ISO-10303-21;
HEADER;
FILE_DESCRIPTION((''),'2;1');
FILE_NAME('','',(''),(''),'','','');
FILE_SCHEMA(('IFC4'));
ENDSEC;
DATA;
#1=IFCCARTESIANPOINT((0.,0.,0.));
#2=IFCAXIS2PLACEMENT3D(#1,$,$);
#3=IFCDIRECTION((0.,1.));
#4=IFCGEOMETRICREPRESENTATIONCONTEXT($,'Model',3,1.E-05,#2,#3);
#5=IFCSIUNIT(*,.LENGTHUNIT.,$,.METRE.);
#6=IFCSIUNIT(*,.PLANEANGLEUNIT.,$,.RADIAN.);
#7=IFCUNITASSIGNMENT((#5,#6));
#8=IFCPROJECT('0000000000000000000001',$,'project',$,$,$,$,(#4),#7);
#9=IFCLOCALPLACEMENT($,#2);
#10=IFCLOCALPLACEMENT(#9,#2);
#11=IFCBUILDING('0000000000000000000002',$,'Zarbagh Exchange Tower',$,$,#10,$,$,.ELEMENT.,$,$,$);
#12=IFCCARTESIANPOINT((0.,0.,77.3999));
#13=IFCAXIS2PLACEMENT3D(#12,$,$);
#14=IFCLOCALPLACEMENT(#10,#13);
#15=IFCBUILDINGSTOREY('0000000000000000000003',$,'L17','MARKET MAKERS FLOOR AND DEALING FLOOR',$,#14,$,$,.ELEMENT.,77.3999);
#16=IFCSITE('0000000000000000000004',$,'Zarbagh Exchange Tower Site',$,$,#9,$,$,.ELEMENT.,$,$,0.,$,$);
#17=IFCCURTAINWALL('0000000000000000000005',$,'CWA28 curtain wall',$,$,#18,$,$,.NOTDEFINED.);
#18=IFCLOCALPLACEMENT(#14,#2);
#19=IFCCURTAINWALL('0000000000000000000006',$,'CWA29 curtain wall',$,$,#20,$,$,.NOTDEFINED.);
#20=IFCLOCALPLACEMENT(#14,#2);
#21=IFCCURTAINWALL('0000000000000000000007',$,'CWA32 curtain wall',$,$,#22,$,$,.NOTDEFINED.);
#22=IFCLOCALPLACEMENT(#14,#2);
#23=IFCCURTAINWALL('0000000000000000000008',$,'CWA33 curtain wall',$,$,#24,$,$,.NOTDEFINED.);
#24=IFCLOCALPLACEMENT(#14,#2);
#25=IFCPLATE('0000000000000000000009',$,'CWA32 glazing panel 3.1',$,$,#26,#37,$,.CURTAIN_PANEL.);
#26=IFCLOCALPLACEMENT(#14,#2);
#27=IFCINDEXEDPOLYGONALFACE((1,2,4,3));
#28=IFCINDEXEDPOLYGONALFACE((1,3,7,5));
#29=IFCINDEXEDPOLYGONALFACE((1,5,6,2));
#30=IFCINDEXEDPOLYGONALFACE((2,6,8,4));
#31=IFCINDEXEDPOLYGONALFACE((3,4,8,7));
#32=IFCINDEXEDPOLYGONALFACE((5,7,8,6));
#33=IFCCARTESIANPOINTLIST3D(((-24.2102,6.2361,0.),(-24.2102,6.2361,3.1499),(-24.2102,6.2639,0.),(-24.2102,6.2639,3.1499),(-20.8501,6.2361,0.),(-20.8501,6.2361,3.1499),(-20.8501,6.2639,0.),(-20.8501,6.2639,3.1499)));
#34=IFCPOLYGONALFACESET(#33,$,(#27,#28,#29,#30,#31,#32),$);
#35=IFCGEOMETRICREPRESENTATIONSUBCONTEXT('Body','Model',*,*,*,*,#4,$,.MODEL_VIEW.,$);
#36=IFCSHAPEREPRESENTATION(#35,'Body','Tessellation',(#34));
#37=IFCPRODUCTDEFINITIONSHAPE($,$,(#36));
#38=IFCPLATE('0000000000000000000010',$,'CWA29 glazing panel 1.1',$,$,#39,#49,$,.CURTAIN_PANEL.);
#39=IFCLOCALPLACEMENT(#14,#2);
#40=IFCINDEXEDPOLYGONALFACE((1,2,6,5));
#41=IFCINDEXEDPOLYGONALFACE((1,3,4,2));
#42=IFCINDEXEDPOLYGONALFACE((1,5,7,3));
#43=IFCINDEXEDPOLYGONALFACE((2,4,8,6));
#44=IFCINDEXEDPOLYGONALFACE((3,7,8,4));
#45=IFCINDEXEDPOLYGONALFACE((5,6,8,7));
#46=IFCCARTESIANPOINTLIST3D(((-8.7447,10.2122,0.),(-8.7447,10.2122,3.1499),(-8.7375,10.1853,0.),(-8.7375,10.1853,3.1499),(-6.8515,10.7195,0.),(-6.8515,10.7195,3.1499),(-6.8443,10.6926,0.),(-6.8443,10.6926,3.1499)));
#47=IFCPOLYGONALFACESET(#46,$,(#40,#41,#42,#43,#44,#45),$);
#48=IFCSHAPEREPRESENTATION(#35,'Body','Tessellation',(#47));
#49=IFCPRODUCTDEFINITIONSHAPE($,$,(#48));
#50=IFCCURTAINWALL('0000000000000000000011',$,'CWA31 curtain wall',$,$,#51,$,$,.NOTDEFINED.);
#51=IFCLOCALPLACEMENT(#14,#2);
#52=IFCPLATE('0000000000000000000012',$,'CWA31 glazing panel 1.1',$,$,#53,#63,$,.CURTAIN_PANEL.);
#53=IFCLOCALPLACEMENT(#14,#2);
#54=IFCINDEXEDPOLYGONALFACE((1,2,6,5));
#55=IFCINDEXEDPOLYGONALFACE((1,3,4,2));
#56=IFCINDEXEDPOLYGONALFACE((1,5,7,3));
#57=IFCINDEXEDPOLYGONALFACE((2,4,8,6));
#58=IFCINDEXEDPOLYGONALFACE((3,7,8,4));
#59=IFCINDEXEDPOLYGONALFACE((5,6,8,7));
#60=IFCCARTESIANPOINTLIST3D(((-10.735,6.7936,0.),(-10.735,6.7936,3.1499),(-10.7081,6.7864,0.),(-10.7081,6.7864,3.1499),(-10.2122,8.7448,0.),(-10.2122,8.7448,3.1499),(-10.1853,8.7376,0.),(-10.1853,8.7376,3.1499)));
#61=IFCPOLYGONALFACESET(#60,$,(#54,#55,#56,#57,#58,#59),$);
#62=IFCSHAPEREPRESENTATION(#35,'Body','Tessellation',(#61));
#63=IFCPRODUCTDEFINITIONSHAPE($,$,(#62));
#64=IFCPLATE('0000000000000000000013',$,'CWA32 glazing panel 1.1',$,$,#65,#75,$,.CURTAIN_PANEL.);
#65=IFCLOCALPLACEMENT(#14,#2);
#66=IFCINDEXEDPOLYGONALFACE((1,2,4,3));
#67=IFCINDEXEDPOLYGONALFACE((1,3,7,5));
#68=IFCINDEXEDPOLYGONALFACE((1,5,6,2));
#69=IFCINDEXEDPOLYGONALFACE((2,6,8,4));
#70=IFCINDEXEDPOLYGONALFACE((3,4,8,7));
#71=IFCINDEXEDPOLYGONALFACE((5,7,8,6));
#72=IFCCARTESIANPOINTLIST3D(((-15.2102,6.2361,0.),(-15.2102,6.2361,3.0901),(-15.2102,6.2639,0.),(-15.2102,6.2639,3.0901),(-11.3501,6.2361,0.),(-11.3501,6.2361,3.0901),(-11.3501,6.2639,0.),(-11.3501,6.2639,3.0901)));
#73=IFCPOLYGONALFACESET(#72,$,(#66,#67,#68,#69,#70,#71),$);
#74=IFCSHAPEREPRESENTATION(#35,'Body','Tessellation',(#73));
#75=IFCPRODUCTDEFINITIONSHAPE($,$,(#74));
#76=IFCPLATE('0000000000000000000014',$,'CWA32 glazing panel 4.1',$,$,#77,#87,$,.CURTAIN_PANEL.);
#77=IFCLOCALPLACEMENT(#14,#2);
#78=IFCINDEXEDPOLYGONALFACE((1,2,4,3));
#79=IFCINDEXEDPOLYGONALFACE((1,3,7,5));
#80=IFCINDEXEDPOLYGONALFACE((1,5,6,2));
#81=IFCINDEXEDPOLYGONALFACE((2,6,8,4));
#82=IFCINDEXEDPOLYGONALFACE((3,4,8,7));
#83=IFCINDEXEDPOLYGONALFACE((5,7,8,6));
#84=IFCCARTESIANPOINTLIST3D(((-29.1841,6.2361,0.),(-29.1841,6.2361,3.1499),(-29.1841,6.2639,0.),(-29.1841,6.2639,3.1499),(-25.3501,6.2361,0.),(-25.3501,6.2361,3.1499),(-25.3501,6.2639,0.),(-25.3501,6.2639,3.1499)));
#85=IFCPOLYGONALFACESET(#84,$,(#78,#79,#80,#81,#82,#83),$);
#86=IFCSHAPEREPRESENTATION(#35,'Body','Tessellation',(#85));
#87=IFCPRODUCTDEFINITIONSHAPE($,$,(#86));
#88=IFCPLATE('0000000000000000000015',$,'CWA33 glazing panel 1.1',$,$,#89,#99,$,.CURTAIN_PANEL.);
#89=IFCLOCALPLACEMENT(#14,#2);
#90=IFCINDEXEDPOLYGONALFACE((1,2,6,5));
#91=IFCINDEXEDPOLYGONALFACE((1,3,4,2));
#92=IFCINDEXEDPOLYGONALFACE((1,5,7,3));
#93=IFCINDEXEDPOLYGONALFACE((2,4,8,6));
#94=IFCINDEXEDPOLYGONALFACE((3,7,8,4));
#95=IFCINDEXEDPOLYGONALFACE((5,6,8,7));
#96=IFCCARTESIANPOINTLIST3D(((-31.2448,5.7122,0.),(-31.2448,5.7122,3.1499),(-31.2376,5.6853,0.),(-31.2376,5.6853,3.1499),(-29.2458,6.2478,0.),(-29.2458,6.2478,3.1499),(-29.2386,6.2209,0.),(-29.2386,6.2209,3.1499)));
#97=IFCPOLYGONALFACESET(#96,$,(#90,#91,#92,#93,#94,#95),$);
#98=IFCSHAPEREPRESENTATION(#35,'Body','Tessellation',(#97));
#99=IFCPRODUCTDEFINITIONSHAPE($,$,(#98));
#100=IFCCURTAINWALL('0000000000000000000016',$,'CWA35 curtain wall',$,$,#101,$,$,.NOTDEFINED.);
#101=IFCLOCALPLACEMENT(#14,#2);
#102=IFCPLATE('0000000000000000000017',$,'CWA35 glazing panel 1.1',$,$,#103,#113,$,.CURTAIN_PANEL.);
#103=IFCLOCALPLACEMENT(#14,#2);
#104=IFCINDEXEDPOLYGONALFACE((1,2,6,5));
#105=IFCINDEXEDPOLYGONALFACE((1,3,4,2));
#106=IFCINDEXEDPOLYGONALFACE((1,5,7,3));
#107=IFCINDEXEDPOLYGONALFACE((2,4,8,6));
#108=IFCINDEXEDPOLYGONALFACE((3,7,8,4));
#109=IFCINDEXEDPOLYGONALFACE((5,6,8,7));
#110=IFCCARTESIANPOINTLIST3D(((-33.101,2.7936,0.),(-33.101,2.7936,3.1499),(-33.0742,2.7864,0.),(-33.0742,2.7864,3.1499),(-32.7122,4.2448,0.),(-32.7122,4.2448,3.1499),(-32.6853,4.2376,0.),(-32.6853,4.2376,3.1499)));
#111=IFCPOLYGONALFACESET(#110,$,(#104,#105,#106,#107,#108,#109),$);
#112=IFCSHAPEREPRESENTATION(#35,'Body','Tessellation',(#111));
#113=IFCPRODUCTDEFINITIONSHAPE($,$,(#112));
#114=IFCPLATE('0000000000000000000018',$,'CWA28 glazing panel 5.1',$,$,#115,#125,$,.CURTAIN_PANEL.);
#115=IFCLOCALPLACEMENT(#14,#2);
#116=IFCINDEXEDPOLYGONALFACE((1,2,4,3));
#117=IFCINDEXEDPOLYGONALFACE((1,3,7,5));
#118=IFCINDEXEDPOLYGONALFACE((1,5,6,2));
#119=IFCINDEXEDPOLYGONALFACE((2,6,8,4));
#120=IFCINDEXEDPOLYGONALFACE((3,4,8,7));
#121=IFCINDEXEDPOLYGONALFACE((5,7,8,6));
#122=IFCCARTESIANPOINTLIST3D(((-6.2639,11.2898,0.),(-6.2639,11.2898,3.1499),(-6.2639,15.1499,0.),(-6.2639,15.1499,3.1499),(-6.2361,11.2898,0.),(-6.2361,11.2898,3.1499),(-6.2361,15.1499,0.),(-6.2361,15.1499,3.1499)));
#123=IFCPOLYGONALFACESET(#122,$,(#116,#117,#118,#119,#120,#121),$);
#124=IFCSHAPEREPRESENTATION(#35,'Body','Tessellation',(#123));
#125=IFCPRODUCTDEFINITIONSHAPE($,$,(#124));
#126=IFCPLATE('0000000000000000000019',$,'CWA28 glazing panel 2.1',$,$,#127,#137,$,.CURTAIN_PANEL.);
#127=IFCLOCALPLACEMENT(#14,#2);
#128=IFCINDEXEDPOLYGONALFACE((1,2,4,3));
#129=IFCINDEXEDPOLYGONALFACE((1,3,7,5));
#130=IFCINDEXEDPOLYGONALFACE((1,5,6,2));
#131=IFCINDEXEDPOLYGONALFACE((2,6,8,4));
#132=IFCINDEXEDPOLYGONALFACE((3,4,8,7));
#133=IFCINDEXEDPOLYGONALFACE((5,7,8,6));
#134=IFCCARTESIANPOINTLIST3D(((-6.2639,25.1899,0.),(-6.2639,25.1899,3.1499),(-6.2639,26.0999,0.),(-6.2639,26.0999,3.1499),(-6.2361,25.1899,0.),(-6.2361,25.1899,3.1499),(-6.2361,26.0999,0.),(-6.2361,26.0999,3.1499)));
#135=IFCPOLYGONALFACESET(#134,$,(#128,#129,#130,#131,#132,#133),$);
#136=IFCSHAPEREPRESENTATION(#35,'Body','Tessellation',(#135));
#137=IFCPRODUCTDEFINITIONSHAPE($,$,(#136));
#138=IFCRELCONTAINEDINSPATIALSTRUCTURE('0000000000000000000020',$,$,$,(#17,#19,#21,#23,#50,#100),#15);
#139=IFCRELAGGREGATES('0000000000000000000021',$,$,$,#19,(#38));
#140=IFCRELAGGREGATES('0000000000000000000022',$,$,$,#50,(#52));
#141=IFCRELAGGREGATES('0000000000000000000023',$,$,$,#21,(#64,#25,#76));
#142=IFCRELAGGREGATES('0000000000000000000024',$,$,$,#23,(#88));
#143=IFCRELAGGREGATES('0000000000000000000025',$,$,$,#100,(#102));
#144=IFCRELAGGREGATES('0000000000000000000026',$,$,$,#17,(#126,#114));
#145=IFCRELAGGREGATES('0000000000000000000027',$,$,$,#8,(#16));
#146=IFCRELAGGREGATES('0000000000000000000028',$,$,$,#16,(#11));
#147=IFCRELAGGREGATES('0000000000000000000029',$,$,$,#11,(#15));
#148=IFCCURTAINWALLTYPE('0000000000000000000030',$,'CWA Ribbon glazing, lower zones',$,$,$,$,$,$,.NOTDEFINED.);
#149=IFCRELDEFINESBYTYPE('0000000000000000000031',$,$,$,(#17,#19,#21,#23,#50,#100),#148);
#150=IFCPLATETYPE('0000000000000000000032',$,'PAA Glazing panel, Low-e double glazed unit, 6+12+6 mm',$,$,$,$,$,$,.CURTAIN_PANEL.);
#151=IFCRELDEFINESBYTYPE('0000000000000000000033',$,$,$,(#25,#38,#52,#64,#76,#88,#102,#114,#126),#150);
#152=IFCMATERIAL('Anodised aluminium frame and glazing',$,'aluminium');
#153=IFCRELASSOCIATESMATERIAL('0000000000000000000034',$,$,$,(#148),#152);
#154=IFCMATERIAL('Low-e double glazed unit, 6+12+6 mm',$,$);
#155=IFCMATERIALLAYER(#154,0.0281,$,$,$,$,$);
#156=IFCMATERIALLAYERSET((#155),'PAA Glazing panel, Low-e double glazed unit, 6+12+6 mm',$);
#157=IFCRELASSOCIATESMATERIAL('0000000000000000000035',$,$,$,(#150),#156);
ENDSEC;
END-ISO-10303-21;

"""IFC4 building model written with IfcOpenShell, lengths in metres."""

from ifc_helpers import new_model, si_unit, direction, frame, origin, place, context, subcontext, project, spatial, polyline, outline, extrude, source, transform, mapped, material, layer, layer_set, type_object, element, aggregate, save


model = new_model("IFC4")

# Units and contexts
model_context = context("Model", 3, precision=1e-05, world=origin(), true_north=direction((0.0, 1.0)))
body_context = subcontext(model_context, "Body", "Model", "MODEL_VIEW")
ifc_project = project(units=[si_unit("LENGTHUNIT", "METRE"), si_unit("PLANEANGLEUNIT", "RADIAN")], contexts=[model_context])

# Site, building, storey
site_placement = place(None, origin())
site = spatial("IfcSite", under=ifc_project, at=site_placement, Name="Zarbagh Exchange Tower Site", CompositionType="ELEMENT", RefElevation=0.0)
building_placement = place(site_placement, origin())
building = spatial("IfcBuilding", under=site, at=building_placement, Name="Zarbagh Exchange Tower", CompositionType="ELEMENT")
storey_placement = place(building_placement, frame((0.0, 0.0, 77.3999)))
storey = spatial("IfcBuildingStorey", under=building, at=storey_placement, Name="L17", Description="MARKET MAKERS FLOOR AND DEALING FLOOR", CompositionType="ELEMENT", Elevation=77.3999)

# Curtain wall
ifc_material_1 = material(Name="Anodised aluminium frame and glazing", Category="aluminium")
curtain_wall_type = type_object("IfcCurtainWallType", Name="CWA Ribbon glazing, lower zones", PredefinedType="NOTDEFINED", material=ifc_material_1)
curtain_wall_1_placement = place(storey_placement, origin())
curtain_wall_1 = element("IfcCurtainWall", 1, at=curtain_wall_1_placement, inside=storey, type_object=curtain_wall_type, Name="CWA28 curtain wall", PredefinedType="NOTDEFINED")
placement = place(storey_placement, origin())

# Curtain wall
curtain_wall_2_placement = place(storey_placement, origin())
curtain_wall_2 = element("IfcCurtainWall", 2, at=curtain_wall_2_placement, inside=storey, type_object=curtain_wall_type, Name="CWA29 curtain wall", PredefinedType="NOTDEFINED")

# Curtain wall
curtain_wall_3_placement = place(storey_placement, origin())
curtain_wall_3 = element("IfcCurtainWall", 3, at=curtain_wall_3_placement, inside=storey, type_object=curtain_wall_type, Name="CWA32 curtain wall", PredefinedType="NOTDEFINED")

# Curtain wall
curtain_wall_4_placement = place(storey_placement, origin())
curtain_wall_4 = element("IfcCurtainWall", 4, at=curtain_wall_4_placement, inside=storey, type_object=curtain_wall_type, Name="CWA33 curtain wall", PredefinedType="NOTDEFINED")

# Shared definitions
ifc_material_2 = material(Name="Low-e double glazed unit, 6+12+6 mm")
ifc_layer = layer(ifc_material_2, 0.0281)
ifc_layer_set = layer_set([ifc_layer], Name="PAA Glazing panel, Low-e double glazed unit, 6+12+6 mm")
plate_type = type_object("IfcPlateType", Name="PAA Glazing panel, Low-e double glazed unit, 6+12+6 mm", PredefinedType="CURTAIN_PANEL", material=ifc_layer_set)

# Plates
shared_shape_1 = source(origin(), body_context, "Body", "SweptSolid", [
    extrude(outline(polyline([(0.0, -0.0139), (3.3601, -0.0139), (3.3601, 0.0139), (0.0, 0.0139), (0.0, -0.0139)])), origin(), (0.0, 0.0, 1.0), 3.1499),
])
plate_1 = element("IfcPlate", 5, at=placement, type_object=plate_type, Name="CWA32 glazing panel 3.1", PredefinedType="CURTAIN_PANEL", context=body_context, shape_type="MappedRepresentation", body=[
    mapped(shared_shape_1, transform((-20.8501, 6.25, 0.0), x_axis=(-1.0, 0.0, 0.0), y_axis=(0.0, -1.0, 0.0), z_axis=(0.0, 0.0, 1.0))),
])
shared_shape_2 = source(origin(), body_context, "Body", "SweptSolid", [
    extrude(outline(polyline([(0.0, -0.0139), (1.96, -0.0139), (1.96, 0.0139), (0.0, 0.0139), (0.0, -0.0139)])), origin(), (0.0, 0.0, 1.0), 3.1499),
])
plate_2 = element("IfcPlate", 6, at=placement, type_object=plate_type, Name="CWA29 glazing panel 1.1", PredefinedType="CURTAIN_PANEL", context=body_context, shape_type="MappedRepresentation", body=[
    mapped(shared_shape_2, transform((-6.8479, 10.7061, 0.0), x_axis=(-0.965924, -0.258825, 0.0), y_axis=(0.258825, -0.965924, 0.0), z_axis=(0.0, 0.0, 1.0))),
])
aggregate(curtain_wall_2, [plate_2])

# Curtain wall, plate
curtain_wall_5_placement = place(storey_placement, origin())
curtain_wall_5 = element("IfcCurtainWall", 7, at=curtain_wall_5_placement, inside=storey, type_object=curtain_wall_type, Name="CWA31 curtain wall", PredefinedType="NOTDEFINED")
shared_shape_3 = source(origin(), body_context, "Body", "SweptSolid", [
    extrude(outline(polyline([(0.0, -0.0139), (2.02, -0.0139), (2.02, 0.0139), (0.0, 0.0139), (0.0, -0.0139)])), origin(), (0.0, 0.0, 1.0), 3.1499),
])
plate_3 = element("IfcPlate", 8, at=placement, type_object=plate_type, Name="CWA31 glazing panel 1.1", PredefinedType="CURTAIN_PANEL", context=body_context, shape_type="MappedRepresentation", body=[
    mapped(shared_shape_3, transform((-10.1987, 8.7412, 0.0), x_axis=(-0.258825, -0.965924, 0.0), y_axis=(0.965924, -0.258825, 0.0), z_axis=(0.0, 0.0, 1.0))),
])
aggregate(curtain_wall_5, [plate_3])

# Plates
shared_shape_4 = source(origin(), body_context, "Body", "SweptSolid", [
    extrude(outline(polyline([(0.0, -0.0139), (3.8601, -0.0139), (3.8601, 0.0139), (0.0, 0.0139), (0.0, -0.0139)])), origin(), (0.0, 0.0, 1.0), 3.0901),
])
plate_4 = element("IfcPlate", 9, at=placement, type_object=plate_type, Name="CWA32 glazing panel 1.1", PredefinedType="CURTAIN_PANEL", context=body_context, shape_type="MappedRepresentation", body=[
    mapped(shared_shape_4, transform((-11.3501, 6.25, 0.0), x_axis=(-1.0, 0.0, 0.0), y_axis=(0.0, -1.0, 0.0), z_axis=(0.0, 0.0, 1.0))),
])
shared_shape_5 = source(origin(), body_context, "Body", "SweptSolid", [
    extrude(outline(polyline([(0.0, -0.0139), (3.834, -0.0139), (3.834, 0.0139), (0.0, 0.0139), (0.0, -0.0139)])), origin(), (0.0, 0.0, 1.0), 3.1499),
])
plate_5 = element("IfcPlate", 10, at=placement, type_object=plate_type, Name="CWA32 glazing panel 4.1", PredefinedType="CURTAIN_PANEL", context=body_context, shape_type="MappedRepresentation", body=[
    mapped(shared_shape_5, transform((-25.3501, 6.25, 0.0), x_axis=(-1.0, 0.0, 0.0), y_axis=(0.0, -1.0, 0.0), z_axis=(0.0, 0.0, 1.0))),
])
aggregate(curtain_wall_3, [plate_4, plate_1, plate_5])
shared_shape_6 = source(origin(), body_context, "Body", "SweptSolid", [
    extrude(outline(polyline([(0.0, -0.0139), (2.0696, -0.0139), (2.0696, 0.0139), (0.0, 0.0139), (0.0, -0.0139)])), origin(), (0.0, 0.0, 1.0), 3.1499),
])
plate_6 = element("IfcPlate", 11, at=placement, type_object=plate_type, Name="CWA33 glazing panel 1.1", PredefinedType="CURTAIN_PANEL", context=body_context, shape_type="MappedRepresentation", body=[
    mapped(shared_shape_6, transform((-29.2422, 6.2344, 0.0), x_axis=(-0.965924, -0.258825, 0.0), y_axis=(0.258825, -0.965924, 0.0), z_axis=(0.0, 0.0, 1.0))),
])
aggregate(curtain_wall_4, [plate_6])

# Curtain wall, plate
curtain_wall_6_placement = place(storey_placement, origin())
curtain_wall_6 = element("IfcCurtainWall", 12, at=curtain_wall_6_placement, inside=storey, type_object=curtain_wall_type, Name="CWA35 curtain wall", PredefinedType="NOTDEFINED")
shared_shape_7 = source(origin(), body_context, "Body", "SweptSolid", [
    extrude(outline(polyline([(0.0, -0.0139), (1.5024, -0.0139), (1.5024, 0.0139), (0.0, 0.0139), (0.0, -0.0139)])), origin(), (0.0, 0.0, 1.0), 3.1499),
])
plate_7 = element("IfcPlate", 13, at=placement, type_object=plate_type, Name="CWA35 glazing panel 1.1", PredefinedType="CURTAIN_PANEL", context=body_context, shape_type="MappedRepresentation", body=[
    mapped(shared_shape_7, transform((-32.6987, 4.2412, 0.0), x_axis=(-0.258825, -0.965924, 0.0), y_axis=(0.965924, -0.258825, 0.0), z_axis=(0.0, 0.0, 1.0))),
])
aggregate(curtain_wall_6, [plate_7])

# Plates
shared_shape_8 = source(origin(), body_context, "Body", "SweptSolid", [
    extrude(outline(polyline([(0.0, -0.0139), (3.8601, -0.0139), (3.8601, 0.0139), (0.0, 0.0139), (0.0, -0.0139)])), origin(), (0.0, 0.0, 1.0), 3.1499),
])
plate_8 = element("IfcPlate", 14, at=placement, type_object=plate_type, Name="CWA28 glazing panel 5.1", PredefinedType="CURTAIN_PANEL", context=body_context, shape_type="MappedRepresentation", body=[
    mapped(shared_shape_8, transform((-6.25, 15.1499, 0.0), x_axis=(0.0, -1.0, 0.0), y_axis=(1.0, 0.0, 0.0), z_axis=(0.0, 0.0, 1.0))),
])
shared_shape_9 = source(origin(), body_context, "Body", "SweptSolid", [
    extrude(outline(polyline([(0.0, -0.0139), (0.9099, -0.0139), (0.9099, 0.0139), (0.0, 0.0139), (0.0, -0.0139)])), origin(), (0.0, 0.0, 1.0), 3.1499),
])
plate_9 = element("IfcPlate", 15, at=placement, type_object=plate_type, Name="CWA28 glazing panel 2.1", PredefinedType="CURTAIN_PANEL", context=body_context, shape_type="MappedRepresentation", body=[
    mapped(shared_shape_9, transform((-6.25, 26.0999, 0.0), x_axis=(0.0, -1.0, 0.0), y_axis=(1.0, 0.0, 0.0), z_axis=(0.0, 0.0, 1.0))),
])
aggregate(curtain_wall_1, [plate_9, plate_8])

save(model, "model.ifc")
